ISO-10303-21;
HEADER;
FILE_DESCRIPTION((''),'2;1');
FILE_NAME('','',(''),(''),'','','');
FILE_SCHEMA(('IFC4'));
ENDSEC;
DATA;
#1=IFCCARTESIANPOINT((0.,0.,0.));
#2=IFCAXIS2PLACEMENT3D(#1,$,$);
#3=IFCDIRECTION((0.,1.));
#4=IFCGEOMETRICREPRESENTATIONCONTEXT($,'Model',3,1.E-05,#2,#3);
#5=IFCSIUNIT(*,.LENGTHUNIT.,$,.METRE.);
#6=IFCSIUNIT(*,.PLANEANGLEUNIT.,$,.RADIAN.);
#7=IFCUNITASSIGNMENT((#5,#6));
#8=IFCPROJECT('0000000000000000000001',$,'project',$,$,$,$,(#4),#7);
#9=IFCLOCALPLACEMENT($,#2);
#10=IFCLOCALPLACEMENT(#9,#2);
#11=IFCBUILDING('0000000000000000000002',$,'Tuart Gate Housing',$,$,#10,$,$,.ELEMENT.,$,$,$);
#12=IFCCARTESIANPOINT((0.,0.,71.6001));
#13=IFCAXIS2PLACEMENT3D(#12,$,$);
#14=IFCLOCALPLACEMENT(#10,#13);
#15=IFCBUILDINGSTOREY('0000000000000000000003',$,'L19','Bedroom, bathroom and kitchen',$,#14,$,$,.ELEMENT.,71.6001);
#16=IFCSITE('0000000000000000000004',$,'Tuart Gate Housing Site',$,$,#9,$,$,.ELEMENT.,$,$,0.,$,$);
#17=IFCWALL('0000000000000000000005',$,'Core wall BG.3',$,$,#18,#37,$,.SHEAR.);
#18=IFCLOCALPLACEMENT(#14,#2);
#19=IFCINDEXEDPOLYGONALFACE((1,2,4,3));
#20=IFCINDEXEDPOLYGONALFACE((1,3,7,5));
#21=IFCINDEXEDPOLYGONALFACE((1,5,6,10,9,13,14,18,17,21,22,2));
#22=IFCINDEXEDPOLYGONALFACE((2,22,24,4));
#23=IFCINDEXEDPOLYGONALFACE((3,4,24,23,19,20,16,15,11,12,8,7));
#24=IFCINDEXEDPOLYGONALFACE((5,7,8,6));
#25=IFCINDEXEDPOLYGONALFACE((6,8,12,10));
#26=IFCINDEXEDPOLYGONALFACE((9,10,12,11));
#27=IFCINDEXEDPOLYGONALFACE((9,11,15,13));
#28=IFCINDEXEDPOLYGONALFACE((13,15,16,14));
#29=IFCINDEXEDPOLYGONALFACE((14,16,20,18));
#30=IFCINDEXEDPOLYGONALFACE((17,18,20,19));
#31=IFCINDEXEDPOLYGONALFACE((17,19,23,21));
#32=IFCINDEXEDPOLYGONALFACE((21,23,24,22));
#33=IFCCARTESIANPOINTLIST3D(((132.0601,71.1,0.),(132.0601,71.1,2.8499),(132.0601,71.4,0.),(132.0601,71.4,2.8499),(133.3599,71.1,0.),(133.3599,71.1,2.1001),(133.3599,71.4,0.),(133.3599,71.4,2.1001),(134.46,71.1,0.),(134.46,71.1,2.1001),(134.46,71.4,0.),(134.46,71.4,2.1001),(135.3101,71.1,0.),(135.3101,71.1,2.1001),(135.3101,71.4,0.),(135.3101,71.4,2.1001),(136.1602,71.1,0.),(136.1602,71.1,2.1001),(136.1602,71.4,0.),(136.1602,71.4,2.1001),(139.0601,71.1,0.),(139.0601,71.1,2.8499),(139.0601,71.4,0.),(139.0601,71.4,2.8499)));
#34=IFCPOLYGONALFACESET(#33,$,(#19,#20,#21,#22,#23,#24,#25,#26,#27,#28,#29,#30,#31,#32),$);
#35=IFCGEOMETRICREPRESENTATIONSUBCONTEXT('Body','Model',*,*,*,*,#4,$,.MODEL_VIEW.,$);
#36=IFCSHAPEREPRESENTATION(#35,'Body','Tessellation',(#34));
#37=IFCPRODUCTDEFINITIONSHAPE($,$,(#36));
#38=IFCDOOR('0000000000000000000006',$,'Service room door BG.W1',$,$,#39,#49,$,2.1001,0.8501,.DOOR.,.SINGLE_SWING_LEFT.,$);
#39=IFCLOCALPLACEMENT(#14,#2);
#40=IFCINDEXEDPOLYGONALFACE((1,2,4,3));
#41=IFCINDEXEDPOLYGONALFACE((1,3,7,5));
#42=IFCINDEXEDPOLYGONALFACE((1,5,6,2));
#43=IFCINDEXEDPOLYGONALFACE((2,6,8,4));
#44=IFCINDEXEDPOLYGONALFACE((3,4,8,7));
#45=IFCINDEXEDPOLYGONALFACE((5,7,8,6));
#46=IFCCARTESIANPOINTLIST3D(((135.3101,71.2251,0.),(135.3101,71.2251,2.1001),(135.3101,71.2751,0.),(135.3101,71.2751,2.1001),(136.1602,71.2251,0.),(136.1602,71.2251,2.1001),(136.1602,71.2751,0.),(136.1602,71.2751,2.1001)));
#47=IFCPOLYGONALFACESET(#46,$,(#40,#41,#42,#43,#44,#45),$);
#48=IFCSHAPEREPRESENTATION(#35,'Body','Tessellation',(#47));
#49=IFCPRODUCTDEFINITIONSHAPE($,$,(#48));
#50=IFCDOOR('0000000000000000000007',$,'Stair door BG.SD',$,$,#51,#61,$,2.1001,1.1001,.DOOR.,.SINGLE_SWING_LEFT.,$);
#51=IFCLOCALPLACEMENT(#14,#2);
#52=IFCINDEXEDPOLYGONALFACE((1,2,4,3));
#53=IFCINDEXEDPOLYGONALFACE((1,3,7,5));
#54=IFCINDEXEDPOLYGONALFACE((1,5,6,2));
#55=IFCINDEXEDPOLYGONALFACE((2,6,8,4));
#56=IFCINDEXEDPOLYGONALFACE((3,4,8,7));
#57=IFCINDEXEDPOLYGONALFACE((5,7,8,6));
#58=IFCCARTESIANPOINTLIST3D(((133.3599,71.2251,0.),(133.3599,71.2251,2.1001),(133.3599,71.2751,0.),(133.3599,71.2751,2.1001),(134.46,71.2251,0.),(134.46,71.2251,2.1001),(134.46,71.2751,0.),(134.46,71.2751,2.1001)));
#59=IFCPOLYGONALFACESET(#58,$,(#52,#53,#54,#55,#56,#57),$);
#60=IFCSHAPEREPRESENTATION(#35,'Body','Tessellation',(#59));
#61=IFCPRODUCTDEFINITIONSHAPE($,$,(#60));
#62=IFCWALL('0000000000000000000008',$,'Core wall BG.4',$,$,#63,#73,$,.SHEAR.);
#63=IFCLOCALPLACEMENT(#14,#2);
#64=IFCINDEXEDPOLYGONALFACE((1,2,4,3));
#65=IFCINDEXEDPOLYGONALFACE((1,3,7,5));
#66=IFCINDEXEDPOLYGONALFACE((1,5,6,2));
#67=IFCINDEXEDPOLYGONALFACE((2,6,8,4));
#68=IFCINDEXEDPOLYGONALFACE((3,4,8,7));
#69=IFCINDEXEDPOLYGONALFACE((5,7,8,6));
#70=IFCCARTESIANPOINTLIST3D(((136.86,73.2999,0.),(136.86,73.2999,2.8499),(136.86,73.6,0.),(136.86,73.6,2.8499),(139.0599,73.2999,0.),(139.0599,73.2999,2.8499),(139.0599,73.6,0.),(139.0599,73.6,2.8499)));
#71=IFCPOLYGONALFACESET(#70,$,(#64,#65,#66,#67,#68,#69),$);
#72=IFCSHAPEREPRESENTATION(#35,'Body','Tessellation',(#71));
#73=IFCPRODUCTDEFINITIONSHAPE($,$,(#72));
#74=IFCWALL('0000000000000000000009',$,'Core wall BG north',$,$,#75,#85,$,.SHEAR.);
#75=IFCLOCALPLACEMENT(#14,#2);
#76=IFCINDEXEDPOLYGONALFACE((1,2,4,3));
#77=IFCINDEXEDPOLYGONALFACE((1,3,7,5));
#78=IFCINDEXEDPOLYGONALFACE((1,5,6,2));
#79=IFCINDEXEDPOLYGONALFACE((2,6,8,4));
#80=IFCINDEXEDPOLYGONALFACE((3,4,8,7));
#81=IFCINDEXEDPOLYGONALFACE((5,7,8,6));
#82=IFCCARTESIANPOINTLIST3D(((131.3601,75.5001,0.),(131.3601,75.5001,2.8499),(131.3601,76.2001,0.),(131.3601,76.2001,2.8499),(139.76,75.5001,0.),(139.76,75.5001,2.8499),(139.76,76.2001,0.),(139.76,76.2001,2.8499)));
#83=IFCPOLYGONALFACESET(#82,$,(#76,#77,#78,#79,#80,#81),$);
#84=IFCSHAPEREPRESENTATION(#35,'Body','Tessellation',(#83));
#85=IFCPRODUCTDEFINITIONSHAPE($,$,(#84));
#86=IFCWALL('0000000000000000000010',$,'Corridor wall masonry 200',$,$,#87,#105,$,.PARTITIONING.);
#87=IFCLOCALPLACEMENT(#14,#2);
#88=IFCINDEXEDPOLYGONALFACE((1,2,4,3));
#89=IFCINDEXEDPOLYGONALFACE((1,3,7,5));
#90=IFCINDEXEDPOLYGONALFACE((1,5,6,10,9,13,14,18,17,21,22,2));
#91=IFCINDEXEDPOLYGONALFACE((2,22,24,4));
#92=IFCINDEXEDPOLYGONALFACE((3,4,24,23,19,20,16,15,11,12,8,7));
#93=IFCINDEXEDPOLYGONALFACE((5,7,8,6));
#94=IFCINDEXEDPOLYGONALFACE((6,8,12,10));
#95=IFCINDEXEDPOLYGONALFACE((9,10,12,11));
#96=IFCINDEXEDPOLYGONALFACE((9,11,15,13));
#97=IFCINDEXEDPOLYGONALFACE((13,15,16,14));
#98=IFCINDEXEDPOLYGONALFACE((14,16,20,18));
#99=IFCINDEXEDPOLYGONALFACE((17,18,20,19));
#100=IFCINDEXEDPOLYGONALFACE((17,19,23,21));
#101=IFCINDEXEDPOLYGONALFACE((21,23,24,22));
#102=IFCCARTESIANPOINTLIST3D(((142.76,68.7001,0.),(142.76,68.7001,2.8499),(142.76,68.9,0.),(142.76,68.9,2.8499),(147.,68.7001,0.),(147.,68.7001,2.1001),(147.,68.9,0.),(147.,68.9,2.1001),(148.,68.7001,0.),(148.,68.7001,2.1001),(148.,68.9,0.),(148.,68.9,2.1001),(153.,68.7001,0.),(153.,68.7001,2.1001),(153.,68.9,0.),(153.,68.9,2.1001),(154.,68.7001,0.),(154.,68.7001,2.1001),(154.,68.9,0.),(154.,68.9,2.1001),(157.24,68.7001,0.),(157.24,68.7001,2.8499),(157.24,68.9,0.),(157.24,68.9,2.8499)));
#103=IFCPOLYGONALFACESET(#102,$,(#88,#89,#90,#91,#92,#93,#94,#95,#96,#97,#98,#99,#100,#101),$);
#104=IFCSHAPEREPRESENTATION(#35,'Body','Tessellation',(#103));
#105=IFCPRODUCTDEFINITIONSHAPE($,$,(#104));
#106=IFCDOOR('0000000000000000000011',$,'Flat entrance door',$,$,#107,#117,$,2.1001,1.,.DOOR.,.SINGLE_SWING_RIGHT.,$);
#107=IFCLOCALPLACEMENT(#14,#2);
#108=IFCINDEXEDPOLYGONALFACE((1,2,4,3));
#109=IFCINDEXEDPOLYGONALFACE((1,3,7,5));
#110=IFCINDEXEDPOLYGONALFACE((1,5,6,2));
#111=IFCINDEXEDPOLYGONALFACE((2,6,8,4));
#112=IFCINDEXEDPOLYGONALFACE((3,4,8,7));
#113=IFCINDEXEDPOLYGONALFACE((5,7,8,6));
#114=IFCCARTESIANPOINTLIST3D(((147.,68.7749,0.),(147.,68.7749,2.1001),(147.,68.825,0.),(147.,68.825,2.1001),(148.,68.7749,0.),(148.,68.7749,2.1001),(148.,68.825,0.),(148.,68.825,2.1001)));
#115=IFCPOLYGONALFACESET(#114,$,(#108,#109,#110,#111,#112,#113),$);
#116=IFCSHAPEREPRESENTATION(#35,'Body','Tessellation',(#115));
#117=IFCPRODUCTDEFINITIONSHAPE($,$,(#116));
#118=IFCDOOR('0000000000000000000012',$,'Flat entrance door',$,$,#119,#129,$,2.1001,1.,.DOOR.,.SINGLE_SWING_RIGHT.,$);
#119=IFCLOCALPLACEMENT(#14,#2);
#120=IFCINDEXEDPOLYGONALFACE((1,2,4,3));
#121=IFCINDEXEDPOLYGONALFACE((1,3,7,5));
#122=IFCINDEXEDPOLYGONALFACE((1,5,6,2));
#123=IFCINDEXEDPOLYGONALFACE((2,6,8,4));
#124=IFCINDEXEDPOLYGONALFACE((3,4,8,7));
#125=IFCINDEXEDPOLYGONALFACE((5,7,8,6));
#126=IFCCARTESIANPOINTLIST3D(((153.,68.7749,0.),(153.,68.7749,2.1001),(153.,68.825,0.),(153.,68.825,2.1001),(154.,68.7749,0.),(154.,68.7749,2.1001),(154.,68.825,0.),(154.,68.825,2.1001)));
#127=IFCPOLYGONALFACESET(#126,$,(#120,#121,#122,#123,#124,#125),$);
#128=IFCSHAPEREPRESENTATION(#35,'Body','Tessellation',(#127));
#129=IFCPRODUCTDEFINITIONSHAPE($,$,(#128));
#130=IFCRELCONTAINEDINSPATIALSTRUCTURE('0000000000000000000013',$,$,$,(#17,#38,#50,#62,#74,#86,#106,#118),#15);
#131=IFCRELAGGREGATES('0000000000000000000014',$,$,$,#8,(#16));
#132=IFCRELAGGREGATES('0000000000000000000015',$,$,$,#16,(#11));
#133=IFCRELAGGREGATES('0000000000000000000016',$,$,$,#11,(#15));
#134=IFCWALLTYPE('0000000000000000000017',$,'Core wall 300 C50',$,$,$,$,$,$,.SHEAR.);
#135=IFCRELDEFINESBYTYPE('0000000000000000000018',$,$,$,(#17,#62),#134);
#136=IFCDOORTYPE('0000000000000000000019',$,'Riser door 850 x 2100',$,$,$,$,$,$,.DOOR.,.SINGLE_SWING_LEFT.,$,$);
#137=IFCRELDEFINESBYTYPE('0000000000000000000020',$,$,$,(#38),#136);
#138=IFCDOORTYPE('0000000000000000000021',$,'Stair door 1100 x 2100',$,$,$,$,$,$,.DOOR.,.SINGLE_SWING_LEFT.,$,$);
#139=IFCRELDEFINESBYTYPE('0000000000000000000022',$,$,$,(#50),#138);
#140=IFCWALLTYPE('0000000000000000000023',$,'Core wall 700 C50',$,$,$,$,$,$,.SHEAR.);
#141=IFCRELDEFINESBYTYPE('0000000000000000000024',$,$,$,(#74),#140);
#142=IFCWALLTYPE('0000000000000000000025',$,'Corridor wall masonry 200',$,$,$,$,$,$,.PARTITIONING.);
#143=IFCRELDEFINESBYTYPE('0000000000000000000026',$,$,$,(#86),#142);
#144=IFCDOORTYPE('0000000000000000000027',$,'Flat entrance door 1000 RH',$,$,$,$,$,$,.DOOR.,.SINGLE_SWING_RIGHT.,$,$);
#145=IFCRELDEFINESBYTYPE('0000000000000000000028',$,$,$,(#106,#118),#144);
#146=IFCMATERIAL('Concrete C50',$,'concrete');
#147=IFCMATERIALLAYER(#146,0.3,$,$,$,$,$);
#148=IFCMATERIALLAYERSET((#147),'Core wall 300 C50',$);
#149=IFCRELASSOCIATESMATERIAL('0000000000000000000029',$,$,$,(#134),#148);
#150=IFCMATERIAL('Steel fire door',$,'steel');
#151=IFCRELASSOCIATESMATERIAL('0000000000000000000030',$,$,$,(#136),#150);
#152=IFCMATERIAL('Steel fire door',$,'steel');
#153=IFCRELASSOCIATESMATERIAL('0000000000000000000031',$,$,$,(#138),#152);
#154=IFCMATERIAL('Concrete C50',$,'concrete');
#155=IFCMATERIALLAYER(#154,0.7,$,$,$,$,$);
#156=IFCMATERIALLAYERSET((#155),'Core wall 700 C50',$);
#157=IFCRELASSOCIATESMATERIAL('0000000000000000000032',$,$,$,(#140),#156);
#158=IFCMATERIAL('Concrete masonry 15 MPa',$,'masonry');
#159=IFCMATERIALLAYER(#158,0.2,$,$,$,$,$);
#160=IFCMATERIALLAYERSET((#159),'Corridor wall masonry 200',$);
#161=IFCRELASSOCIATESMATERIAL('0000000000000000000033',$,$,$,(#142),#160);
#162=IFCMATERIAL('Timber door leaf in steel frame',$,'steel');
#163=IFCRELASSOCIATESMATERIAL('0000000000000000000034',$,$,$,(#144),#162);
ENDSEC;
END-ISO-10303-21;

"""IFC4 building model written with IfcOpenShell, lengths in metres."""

from ifc_helpers import new_model, si_unit, direction, frame, frame_2d, origin, place, context, subcontext, project, spatial, rectangle, extrude, material, layer, layer_set, type_object, element, fill, save


model = new_model("IFC4")

# Units and contexts
model_context = context("Model", 3, precision=1e-05, world=origin(), true_north=direction((0.0, 1.0)))
body_context = subcontext(model_context, "Body", "Model", "MODEL_VIEW")
ifc_project = project(units=[si_unit("LENGTHUNIT", "METRE"), si_unit("PLANEANGLEUNIT", "RADIAN")], contexts=[model_context])

# Site, building, storey
site_placement = place(None, origin())
site = spatial("IfcSite", under=ifc_project, at=site_placement, Name="Tuart Gate Housing Site", CompositionType="ELEMENT", RefElevation=0.0)
building_placement = place(site_placement, origin())
building = spatial("IfcBuilding", under=site, at=building_placement, Name="Tuart Gate Housing", CompositionType="ELEMENT")
storey_placement = place(building_placement, frame((0.0, 0.0, 71.6001)))
storey = spatial("IfcBuildingStorey", under=building, at=storey_placement, Name="L19", Description="Bedroom, bathroom and kitchen", CompositionType="ELEMENT", Elevation=71.6001)

# Wall, openings, doors
ifc_material_1 = material(Name="Concrete C50", Category="concrete")
ifc_layer_1 = layer(ifc_material_1, 0.3)
ifc_layer_set_1 = layer_set([ifc_layer_1], Name="Core wall 300 C50")
wall_type_1 = type_object("IfcWallType", Name="Core wall 300 C50", PredefinedType="SHEAR", material=ifc_layer_set_1)
wall_1_placement = place(storey_placement, frame((139.0601, 71.25, 0.0), z_axis=(0.0, 0.0, 1.0), x_axis=(-1.0, 0.0, 0.0)))
wall_1 = element("IfcWall", 1, at=wall_1_placement, inside=storey, type_object=wall_type_1, Name="Core wall BG.3", PredefinedType="SHEAR", context=body_context, shape_type="SweptSolid", body=[
    extrude(rectangle(XDim=7.0, YDim=0.3, at=frame_2d((3.5, 0.0))), origin(), (0.0, 0.0, 1.0), 2.8499),
])
opening_1_placement = place(wall_1_placement, frame((4.6001, 0.0, 0.0)))
opening_1 = element("IfcOpeningElement", 2, at=opening_1_placement, cuts=wall_1, PredefinedType="OPENING", context=body_context, shape_type="SweptSolid", body=[
    extrude(rectangle(XDim=1.1001, YDim=2.1001, at=frame_2d((0.55, 1.05))), frame((0.0, 0.1599, 0.0), z_axis=(0.0, -1.0, 0.0), x_axis=(1.0, 0.0, 0.0)), (0.0, 0.0, 1.0), 0.3201),
])
opening_2_placement = place(wall_1_placement, frame((2.8999, 0.0, 0.0)))
opening_2 = element("IfcOpeningElement", 3, at=opening_2_placement, cuts=wall_1, PredefinedType="OPENING", context=body_context, shape_type="SweptSolid", body=[
    extrude(rectangle(XDim=0.8501, YDim=2.1001, at=frame_2d((0.425, 1.05))), frame((0.0, 0.1599, 0.0), z_axis=(0.0, -1.0, 0.0), x_axis=(1.0, 0.0, 0.0)), (0.0, 0.0, 1.0), 0.3201),
])
ifc_material_2 = material(Name="Steel fire door", Category="steel")
door_type_1 = type_object("IfcDoorType", Name="Riser door 850 x 2100", OperationType="SINGLE_SWING_LEFT", PredefinedType="DOOR", material=ifc_material_2)
door_1_placement = place(opening_2_placement, origin())
door_1 = element("IfcDoor", 4, at=door_1_placement, inside=storey, type_object=door_type_1, Name="Service room door BG.W1", OperationType="SINGLE_SWING_LEFT", OverallHeight=2.1001, OverallWidth=0.8501, PredefinedType="DOOR", context=body_context, shape_type="SweptSolid", body=[
    extrude(rectangle(XDim=0.8501, YDim=2.1001, at=frame_2d((0.425, 1.05))), frame((0.0, 0.0249, 0.0), z_axis=(0.0, -1.0, 0.0), x_axis=(1.0, 0.0, 0.0)), (0.0, 0.0, 1.0), 0.05),
])
fill(opening_2, door_1)
ifc_material_3 = material(Name="Steel fire door", Category="steel")
door_type_2 = type_object("IfcDoorType", Name="Stair door 1100 x 2100", OperationType="SINGLE_SWING_LEFT", PredefinedType="DOOR", material=ifc_material_3)
door_2_placement = place(opening_1_placement, origin())
door_2 = element("IfcDoor", 5, at=door_2_placement, inside=storey, type_object=door_type_2, Name="Stair door BG.SD", OperationType="SINGLE_SWING_LEFT", OverallHeight=2.1001, OverallWidth=1.1001, PredefinedType="DOOR", context=body_context, shape_type="SweptSolid", body=[
    extrude(rectangle(XDim=1.1001, YDim=2.1001, at=frame_2d((0.55, 1.05))), frame((0.0, 0.0249, 0.0), z_axis=(0.0, -1.0, 0.0), x_axis=(1.0, 0.0, 0.0)), (0.0, 0.0, 1.0), 0.05),
])
fill(opening_1, door_2)

# Walls
wall_2_placement = place(storey_placement, frame((139.0601, 73.45, 0.0), z_axis=(0.0, 0.0, 1.0), x_axis=(-1.0, 0.0, 0.0)))
element("IfcWall", 6, at=wall_2_placement, inside=storey, type_object=wall_type_1, Name="Core wall BG.4", PredefinedType="SHEAR", context=body_context, shape_type="SweptSolid", body=[
    extrude(rectangle(XDim=2.2, YDim=0.3, at=frame_2d((1.1001, 0.0))), origin(), (0.0, 0.0, 1.0), 2.8499),
])
ifc_material_4 = material(Name="Concrete C50", Category="concrete")
ifc_layer_2 = layer(ifc_material_4, 0.7)
ifc_layer_set_2 = layer_set([ifc_layer_2], Name="Core wall 700 C50")
wall_type_2 = type_object("IfcWallType", Name="Core wall 700 C50", PredefinedType="SHEAR", material=ifc_layer_set_2)
wall_3_placement = place(storey_placement, frame((139.76, 75.8501, 0.0), z_axis=(0.0, 0.0, 1.0), x_axis=(-1.0, 0.0, 0.0)))
element("IfcWall", 7, at=wall_3_placement, inside=storey, type_object=wall_type_2, Name="Core wall BG north", PredefinedType="SHEAR", context=body_context, shape_type="SweptSolid", body=[
    extrude(rectangle(XDim=8.3999, YDim=0.7, at=frame_2d((4.2, 0.0))), origin(), (0.0, 0.0, 1.0), 2.8499),
])

# Wall, openings, doors
ifc_material_5 = material(Name="Concrete masonry 15 MPa", Category="masonry")
ifc_layer_3 = layer(ifc_material_5, 0.2)
ifc_layer_set_3 = layer_set([ifc_layer_3], Name="Corridor wall masonry 200")
wall_type_3 = type_object("IfcWallType", Name="Corridor wall masonry 200", PredefinedType="PARTITIONING", material=ifc_layer_set_3)
wall_4_placement = place(storey_placement, frame((142.76, 68.8, 0.0), z_axis=(0.0, 0.0, 1.0), x_axis=(1.0, 0.0, 0.0)))
wall_4 = element("IfcWall", 8, at=wall_4_placement, inside=storey, type_object=wall_type_3, Name="Corridor wall masonry 200", PredefinedType="PARTITIONING", context=body_context, shape_type="SweptSolid", body=[
    extrude(rectangle(XDim=14.48, YDim=0.2, at=frame_2d((7.24, 0.0))), origin(), (0.0, 0.0, 1.0), 2.8499),
])
opening_3_placement = place(wall_4_placement, frame((4.24, 0.0, 0.0)))
opening_3 = element("IfcOpeningElement", 9, at=opening_3_placement, cuts=wall_4, PredefinedType="OPENING", context=body_context, shape_type="SweptSolid", body=[
    extrude(rectangle(XDim=1.0, YDim=2.1001, at=frame_2d((0.5, 1.05))), frame((0.0, 0.1099, 0.0), z_axis=(0.0, -1.0, 0.0), x_axis=(1.0, 0.0, 0.0)), (0.0, 0.0, 1.0), 0.22),
])
opening_4_placement = place(wall_4_placement, frame((10.24, 0.0, 0.0)))
opening_4 = element("IfcOpeningElement", 10, at=opening_4_placement, cuts=wall_4, PredefinedType="OPENING", context=body_context, shape_type="SweptSolid", body=[
    extrude(rectangle(XDim=1.0, YDim=2.1001, at=frame_2d((0.5, 1.05))), frame((0.0, 0.1099, 0.0), z_axis=(0.0, -1.0, 0.0), x_axis=(1.0, 0.0, 0.0)), (0.0, 0.0, 1.0), 0.22),
])
ifc_material_6 = material(Name="Timber door leaf in steel frame", Category="steel")
door_type_3 = type_object("IfcDoorType", Name="Flat entrance door 1000 RH", OperationType="SINGLE_SWING_RIGHT", PredefinedType="DOOR", material=ifc_material_6)
door_3_placement = place(opening_3_placement, frame((1.0, 0.0, 0.0), z_axis=(0.0, 0.0, 1.0), x_axis=(-1.0, 0.0, 0.0)))
door_3 = element("IfcDoor", 11, at=door_3_placement, inside=storey, type_object=door_type_3, Name="Flat entrance door", OperationType="SINGLE_SWING_RIGHT", OverallHeight=2.1001, OverallWidth=1.0, PredefinedType="DOOR", context=body_context, shape_type="SweptSolid", body=[
    extrude(rectangle(XDim=1.0, YDim=2.1001, at=frame_2d((0.5, 1.05))), frame((0.0, 0.0251, 0.0), z_axis=(0.0, -1.0, 0.0), x_axis=(1.0, 0.0, 0.0)), (0.0, 0.0, 1.0), 0.05),
])
fill(opening_3, door_3)
door_4_placement = place(opening_4_placement, frame((1.0, 0.0, 0.0), z_axis=(0.0, 0.0, 1.0), x_axis=(-1.0, 0.0, 0.0)))
door_4 = element("IfcDoor", 12, at=door_4_placement, inside=storey, type_object=door_type_3, Name="Flat entrance door", OperationType="SINGLE_SWING_RIGHT", OverallHeight=2.1001, OverallWidth=1.0, PredefinedType="DOOR", context=body_context, shape_type="SweptSolid", body=[
    extrude(rectangle(XDim=1.0, YDim=2.1001, at=frame_2d((0.5, 1.05))), frame((0.0, 0.0251, 0.0), z_axis=(0.0, -1.0, 0.0), x_axis=(1.0, 0.0, 0.0)), (0.0, 0.0, 1.0), 0.05),
])
fill(opening_4, door_4)

save(model, "model.ifc")
